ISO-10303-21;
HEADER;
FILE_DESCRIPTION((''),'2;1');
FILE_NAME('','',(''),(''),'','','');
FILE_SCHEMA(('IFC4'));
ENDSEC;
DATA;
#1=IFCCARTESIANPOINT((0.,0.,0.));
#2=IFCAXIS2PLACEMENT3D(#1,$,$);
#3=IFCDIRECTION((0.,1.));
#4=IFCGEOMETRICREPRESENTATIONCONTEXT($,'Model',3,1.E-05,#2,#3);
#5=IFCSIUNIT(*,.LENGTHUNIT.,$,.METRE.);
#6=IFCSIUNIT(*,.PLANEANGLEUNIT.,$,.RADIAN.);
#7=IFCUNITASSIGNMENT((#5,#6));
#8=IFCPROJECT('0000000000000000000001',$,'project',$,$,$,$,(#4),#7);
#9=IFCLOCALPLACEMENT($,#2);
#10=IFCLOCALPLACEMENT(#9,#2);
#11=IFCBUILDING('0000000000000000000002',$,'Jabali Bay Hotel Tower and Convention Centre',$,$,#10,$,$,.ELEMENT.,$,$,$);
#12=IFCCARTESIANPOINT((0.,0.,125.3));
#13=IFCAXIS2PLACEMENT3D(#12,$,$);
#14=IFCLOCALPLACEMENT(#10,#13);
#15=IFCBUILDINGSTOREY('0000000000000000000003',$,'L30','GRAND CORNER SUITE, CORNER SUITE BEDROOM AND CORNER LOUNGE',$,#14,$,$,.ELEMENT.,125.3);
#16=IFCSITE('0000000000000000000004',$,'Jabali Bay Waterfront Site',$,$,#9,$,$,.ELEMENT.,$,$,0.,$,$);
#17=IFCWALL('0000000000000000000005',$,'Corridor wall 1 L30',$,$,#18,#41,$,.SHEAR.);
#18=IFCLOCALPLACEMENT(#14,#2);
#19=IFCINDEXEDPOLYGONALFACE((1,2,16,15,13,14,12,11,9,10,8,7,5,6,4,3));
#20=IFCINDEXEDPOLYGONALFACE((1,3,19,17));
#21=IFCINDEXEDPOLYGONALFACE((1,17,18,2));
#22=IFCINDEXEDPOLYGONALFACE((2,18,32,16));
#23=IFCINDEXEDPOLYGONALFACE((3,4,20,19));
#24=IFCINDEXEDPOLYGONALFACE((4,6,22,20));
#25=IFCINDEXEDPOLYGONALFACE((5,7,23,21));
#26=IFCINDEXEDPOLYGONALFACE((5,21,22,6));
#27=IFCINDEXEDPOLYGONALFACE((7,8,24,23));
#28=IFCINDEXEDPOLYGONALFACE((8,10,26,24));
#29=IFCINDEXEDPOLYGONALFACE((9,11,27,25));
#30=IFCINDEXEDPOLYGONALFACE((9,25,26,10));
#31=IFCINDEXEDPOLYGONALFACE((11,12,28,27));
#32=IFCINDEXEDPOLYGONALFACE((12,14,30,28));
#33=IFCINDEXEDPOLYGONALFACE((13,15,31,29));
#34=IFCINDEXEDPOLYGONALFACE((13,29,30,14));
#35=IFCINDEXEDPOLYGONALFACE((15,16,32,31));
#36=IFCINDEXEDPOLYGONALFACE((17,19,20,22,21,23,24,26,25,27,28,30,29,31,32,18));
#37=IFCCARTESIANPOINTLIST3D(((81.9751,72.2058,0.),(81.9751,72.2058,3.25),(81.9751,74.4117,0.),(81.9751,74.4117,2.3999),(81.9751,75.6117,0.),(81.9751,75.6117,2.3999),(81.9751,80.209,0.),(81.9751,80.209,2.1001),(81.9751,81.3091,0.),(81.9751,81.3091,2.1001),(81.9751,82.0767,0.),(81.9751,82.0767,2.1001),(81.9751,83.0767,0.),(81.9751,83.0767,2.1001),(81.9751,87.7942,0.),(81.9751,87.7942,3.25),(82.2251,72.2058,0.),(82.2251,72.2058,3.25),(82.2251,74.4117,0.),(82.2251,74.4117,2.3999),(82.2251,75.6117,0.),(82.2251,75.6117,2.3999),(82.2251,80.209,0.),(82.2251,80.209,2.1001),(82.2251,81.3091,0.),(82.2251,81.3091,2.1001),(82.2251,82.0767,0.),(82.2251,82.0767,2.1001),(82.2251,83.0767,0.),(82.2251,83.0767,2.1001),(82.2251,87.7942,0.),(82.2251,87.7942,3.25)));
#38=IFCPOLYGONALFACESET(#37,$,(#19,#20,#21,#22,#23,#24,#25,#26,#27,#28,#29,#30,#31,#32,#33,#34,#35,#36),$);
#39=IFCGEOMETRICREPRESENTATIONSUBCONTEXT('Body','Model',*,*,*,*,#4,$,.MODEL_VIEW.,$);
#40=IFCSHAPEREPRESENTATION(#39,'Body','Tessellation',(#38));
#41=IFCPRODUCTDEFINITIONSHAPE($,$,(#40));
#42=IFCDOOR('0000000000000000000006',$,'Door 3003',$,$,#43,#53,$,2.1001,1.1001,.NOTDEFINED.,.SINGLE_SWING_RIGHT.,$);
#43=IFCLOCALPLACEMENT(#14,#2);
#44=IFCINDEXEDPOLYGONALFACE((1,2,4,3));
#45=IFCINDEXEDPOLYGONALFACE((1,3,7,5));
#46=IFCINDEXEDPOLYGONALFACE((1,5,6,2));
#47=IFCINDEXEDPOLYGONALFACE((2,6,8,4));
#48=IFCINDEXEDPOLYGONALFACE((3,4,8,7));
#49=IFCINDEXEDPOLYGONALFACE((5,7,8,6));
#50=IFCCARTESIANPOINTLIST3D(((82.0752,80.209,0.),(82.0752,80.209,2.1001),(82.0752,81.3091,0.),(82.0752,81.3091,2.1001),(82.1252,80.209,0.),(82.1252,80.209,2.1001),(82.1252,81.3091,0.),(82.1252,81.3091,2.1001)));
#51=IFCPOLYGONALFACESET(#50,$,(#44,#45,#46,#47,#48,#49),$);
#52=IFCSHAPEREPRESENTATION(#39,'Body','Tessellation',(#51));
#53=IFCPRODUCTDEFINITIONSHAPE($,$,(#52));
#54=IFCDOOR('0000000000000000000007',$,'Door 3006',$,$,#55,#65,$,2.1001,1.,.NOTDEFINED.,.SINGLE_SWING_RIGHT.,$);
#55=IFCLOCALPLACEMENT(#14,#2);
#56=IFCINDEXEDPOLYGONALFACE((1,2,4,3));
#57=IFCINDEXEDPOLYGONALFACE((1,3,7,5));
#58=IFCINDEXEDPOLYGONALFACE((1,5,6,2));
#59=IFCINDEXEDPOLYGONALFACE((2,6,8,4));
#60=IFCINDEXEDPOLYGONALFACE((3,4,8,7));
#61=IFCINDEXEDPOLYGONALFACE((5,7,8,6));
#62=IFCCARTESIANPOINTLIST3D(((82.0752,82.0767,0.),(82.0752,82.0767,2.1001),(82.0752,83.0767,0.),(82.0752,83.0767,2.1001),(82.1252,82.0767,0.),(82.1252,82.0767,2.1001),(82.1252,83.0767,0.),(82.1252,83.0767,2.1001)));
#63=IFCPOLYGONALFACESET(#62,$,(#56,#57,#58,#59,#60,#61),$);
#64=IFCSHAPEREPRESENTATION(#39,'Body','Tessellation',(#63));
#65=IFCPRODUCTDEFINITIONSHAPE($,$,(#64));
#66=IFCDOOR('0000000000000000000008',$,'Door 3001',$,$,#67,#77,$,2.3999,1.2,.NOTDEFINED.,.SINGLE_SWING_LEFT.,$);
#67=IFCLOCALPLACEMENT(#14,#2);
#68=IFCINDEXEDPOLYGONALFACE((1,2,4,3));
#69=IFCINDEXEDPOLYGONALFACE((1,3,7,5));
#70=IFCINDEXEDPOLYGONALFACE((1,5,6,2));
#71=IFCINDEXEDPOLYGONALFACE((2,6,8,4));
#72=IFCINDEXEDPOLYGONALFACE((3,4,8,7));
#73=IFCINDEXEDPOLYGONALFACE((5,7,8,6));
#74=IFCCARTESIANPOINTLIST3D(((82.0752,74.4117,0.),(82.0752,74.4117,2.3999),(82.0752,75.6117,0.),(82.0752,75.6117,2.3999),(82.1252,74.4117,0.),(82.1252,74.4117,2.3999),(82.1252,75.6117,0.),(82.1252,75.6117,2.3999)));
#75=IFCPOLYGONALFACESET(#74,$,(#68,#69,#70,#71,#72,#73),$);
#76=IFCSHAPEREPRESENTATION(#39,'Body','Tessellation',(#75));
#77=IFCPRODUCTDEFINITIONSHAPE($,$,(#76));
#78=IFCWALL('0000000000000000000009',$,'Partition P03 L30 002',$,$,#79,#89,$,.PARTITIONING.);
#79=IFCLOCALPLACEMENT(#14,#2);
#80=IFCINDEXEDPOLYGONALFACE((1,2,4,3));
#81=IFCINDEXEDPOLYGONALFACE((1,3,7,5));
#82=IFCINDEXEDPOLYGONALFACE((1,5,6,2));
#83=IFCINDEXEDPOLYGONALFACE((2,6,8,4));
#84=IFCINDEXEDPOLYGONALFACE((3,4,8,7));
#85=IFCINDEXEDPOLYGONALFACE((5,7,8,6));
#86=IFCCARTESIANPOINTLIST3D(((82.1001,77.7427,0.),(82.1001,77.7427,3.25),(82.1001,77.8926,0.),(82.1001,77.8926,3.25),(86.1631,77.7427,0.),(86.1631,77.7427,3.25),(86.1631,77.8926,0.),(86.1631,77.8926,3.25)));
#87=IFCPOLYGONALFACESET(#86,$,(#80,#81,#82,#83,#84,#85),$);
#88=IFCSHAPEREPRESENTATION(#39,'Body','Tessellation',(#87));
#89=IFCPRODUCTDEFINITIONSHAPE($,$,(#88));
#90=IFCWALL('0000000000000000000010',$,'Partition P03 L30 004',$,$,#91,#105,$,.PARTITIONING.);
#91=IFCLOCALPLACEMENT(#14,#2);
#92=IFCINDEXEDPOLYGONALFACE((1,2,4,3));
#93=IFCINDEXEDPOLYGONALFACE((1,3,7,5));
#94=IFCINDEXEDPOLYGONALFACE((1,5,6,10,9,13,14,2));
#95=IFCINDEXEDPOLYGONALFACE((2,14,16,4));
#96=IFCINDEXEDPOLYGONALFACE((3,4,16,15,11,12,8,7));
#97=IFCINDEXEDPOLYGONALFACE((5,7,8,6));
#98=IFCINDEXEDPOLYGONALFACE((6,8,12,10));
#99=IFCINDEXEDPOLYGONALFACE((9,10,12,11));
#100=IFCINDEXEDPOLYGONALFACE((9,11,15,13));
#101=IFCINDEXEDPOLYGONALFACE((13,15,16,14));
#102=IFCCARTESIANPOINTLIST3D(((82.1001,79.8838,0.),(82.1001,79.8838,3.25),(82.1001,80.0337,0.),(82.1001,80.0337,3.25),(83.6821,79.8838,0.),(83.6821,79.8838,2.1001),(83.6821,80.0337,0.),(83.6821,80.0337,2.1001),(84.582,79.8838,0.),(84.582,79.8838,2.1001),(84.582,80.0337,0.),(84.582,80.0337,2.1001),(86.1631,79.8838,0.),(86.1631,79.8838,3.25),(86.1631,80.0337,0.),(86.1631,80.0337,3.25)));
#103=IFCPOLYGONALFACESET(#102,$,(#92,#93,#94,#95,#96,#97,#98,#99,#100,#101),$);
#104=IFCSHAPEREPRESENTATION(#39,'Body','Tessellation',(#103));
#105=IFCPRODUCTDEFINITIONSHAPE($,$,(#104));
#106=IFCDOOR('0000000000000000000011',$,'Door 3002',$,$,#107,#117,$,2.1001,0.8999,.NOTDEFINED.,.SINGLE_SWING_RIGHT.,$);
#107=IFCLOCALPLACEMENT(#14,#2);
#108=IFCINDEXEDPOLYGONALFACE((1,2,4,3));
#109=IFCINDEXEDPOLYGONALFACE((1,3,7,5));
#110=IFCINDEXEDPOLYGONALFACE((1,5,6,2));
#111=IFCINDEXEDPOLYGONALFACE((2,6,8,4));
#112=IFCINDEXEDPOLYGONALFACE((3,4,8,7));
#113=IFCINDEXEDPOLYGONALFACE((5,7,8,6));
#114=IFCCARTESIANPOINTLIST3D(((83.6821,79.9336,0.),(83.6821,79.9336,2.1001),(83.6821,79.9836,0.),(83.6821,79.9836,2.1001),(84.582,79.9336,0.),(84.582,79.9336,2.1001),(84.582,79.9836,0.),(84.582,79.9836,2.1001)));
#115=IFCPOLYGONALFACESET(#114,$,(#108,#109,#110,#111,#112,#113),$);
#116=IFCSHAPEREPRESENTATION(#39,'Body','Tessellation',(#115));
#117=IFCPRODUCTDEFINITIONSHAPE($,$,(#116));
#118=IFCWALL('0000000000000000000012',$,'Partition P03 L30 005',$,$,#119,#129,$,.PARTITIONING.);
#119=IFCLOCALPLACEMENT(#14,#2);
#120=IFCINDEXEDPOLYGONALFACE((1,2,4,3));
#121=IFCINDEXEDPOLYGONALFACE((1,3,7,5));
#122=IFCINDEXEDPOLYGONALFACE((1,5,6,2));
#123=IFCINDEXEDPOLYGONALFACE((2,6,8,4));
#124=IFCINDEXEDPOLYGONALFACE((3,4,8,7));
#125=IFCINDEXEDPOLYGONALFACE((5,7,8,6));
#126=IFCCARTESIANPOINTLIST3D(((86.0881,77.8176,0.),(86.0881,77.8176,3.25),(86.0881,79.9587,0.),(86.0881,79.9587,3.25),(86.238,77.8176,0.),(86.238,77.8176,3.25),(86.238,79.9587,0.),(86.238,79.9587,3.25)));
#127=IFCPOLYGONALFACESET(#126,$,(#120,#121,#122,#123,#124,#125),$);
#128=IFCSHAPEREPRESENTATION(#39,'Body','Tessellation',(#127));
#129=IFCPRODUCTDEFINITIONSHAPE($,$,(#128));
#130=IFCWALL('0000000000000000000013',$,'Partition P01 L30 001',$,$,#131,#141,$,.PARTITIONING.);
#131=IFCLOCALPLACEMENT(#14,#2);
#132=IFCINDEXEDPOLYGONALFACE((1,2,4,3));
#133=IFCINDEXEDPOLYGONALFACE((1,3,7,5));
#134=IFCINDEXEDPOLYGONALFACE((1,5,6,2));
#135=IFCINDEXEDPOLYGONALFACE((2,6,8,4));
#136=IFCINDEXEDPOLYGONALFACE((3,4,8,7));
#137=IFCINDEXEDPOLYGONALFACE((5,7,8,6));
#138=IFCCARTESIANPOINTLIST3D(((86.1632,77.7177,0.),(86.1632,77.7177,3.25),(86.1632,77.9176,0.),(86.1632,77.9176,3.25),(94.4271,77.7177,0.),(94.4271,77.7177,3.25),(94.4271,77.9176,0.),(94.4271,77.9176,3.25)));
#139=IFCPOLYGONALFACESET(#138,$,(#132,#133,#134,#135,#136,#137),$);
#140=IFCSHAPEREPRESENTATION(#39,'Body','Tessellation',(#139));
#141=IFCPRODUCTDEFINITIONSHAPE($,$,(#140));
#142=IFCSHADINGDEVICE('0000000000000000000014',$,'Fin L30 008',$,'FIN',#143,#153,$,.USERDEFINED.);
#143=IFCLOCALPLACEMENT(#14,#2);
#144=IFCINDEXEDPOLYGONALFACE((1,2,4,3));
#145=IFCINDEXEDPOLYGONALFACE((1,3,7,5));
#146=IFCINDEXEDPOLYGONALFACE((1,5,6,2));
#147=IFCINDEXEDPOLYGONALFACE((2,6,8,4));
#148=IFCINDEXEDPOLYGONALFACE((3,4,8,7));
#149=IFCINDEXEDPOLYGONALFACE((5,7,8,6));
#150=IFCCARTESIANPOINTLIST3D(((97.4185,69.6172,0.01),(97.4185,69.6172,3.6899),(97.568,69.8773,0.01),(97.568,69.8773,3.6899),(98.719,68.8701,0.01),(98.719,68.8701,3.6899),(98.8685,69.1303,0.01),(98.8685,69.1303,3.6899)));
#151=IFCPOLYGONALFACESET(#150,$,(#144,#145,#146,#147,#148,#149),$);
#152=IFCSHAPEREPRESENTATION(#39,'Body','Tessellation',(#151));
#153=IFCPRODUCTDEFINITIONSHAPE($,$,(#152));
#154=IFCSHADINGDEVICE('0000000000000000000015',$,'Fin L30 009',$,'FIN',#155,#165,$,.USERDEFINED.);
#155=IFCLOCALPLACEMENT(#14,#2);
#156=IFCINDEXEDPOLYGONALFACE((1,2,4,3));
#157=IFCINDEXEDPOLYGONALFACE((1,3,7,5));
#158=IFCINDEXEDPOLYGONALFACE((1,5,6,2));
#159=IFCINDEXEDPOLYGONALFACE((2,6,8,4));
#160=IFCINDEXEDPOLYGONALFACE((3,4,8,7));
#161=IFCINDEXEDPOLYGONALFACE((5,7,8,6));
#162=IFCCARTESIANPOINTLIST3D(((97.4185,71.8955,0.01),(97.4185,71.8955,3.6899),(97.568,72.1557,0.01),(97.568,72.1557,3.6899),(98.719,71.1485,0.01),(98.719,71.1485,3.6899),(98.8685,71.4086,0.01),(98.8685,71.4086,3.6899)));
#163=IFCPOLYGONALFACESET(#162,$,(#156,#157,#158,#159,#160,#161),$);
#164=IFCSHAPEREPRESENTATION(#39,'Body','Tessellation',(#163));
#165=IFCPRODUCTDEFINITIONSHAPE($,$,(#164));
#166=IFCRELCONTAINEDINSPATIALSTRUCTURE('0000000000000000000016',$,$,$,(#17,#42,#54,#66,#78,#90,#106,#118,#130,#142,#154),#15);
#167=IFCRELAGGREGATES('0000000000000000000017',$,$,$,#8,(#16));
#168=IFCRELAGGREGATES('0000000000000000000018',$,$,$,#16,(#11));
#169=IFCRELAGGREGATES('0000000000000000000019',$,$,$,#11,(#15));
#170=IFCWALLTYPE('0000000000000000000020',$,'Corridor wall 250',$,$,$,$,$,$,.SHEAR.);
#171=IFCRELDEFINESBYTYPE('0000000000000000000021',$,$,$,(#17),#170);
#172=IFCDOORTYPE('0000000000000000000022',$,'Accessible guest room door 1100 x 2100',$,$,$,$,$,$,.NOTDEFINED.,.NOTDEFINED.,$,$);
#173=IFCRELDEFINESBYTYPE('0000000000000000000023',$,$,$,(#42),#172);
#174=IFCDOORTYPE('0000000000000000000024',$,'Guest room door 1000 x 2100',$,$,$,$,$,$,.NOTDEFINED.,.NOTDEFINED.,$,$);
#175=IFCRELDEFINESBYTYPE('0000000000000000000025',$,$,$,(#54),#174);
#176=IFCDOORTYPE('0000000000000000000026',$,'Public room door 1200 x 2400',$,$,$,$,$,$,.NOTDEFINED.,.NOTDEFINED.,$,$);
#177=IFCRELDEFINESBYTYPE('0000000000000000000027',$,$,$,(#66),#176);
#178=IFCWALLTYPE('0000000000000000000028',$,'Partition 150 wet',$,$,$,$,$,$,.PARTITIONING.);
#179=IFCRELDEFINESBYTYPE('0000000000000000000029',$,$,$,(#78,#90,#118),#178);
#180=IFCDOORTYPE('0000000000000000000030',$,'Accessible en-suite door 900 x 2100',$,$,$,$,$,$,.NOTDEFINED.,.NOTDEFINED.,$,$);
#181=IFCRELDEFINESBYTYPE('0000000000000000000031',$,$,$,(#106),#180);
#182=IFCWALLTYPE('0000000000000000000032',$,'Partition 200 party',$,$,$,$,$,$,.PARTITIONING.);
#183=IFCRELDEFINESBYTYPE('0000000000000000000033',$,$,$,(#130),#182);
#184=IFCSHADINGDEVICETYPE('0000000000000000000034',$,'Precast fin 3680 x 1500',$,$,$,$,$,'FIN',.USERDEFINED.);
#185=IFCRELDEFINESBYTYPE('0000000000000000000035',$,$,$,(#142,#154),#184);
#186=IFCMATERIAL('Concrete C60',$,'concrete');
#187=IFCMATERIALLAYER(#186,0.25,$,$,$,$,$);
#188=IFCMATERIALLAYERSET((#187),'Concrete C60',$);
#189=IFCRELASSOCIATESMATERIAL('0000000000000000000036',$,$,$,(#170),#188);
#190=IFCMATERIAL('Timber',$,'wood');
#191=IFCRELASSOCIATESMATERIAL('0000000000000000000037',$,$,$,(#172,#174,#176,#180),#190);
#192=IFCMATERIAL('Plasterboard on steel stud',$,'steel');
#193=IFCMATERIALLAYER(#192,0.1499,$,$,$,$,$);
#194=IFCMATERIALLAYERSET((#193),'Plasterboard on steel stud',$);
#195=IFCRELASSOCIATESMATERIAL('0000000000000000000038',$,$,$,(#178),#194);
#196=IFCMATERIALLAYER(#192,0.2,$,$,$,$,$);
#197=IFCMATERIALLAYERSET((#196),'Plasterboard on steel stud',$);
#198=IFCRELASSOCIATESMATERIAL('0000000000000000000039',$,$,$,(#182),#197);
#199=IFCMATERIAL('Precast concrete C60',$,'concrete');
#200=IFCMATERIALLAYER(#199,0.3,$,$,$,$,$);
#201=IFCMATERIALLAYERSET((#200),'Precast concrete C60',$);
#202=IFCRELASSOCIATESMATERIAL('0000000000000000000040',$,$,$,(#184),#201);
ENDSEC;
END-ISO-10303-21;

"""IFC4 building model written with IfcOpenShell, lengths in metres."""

from ifc_helpers import new_model, si_unit, direction, frame, frame_2d, origin, place, context, subcontext, project, spatial, rectangle, extrude, material, layer, layer_set, type_object, element, fill, save


model = new_model("IFC4")

# Units and contexts
model_context = context("Model", 3, precision=1e-05, world=origin(), true_north=direction((0.0, 1.0)))
body_context = subcontext(model_context, "Body", "Model", "MODEL_VIEW")
ifc_project = project(units=[si_unit("LENGTHUNIT", "METRE"), si_unit("PLANEANGLEUNIT", "RADIAN")], contexts=[model_context])

# Site, building, storey
site_placement = place(None, origin())
site = spatial("IfcSite", under=ifc_project, at=site_placement, Name="Jabali Bay Waterfront Site", CompositionType="ELEMENT", RefElevation=0.0)
building_placement = place(site_placement, origin())
building = spatial("IfcBuilding", under=site, at=building_placement, Name="Jabali Bay Hotel Tower and Convention Centre", CompositionType="ELEMENT")
storey_placement = place(building_placement, frame((0.0, 0.0, 125.3)))
storey = spatial("IfcBuildingStorey", under=building, at=storey_placement, Name="L30", Description="GRAND CORNER SUITE, CORNER SUITE BEDROOM AND CORNER LOUNGE", CompositionType="ELEMENT", Elevation=125.3)

# Shared definitions
ifc_material_1 = material(Name="Concrete C60", Category="concrete")

# Wall, openings, doors
ifc_layer_1 = layer(ifc_material_1, 0.25)
ifc_layer_set_1 = layer_set([ifc_layer_1], Name="Concrete C60")
wall_type_1 = type_object("IfcWallType", Name="Corridor wall 250", PredefinedType="SHEAR", material=ifc_layer_set_1)
wall_1_placement = place(storey_placement, frame((82.1001, 72.2058, 0.0), z_axis=(0.0, 0.0, 1.0), x_axis=(0.0, 1.0, 0.0)))
wall_1 = element("IfcWall", 1, at=wall_1_placement, inside=storey, type_object=wall_type_1, Name="Corridor wall 1 L30", PredefinedType="SHEAR", context=body_context, shape_type="SweptSolid", body=[
    extrude(rectangle(XDim=15.5884, YDim=0.25, at=frame_2d((7.7942, 0.0))), origin(), (0.0, 0.0, 1.0), 3.25),
])
opening_1_placement = place(wall_1_placement, frame((2.2058, 0.0, 0.0)))
opening_1 = element("IfcOpeningElement", 2, at=opening_1_placement, cuts=wall_1, PredefinedType="OPENING", context=body_context, shape_type="SweptSolid", body=[
    extrude(rectangle(XDim=1.2, YDim=2.3999, at=frame_2d((0.6001, 1.2))), frame((0.0, 0.1355, 0.0), z_axis=(0.0, -1.0, 0.0), x_axis=(1.0, 0.0, 0.0)), (0.0, 0.0, 1.0), 0.271),
])
opening_2_placement = place(wall_1_placement, frame((8.0032, 0.0, 0.0)))
opening_2 = element("IfcOpeningElement", 3, at=opening_2_placement, cuts=wall_1, PredefinedType="OPENING", context=body_context, shape_type="SweptSolid", body=[
    extrude(rectangle(XDim=1.1001, YDim=2.1001, at=frame_2d((0.55, 1.05))), frame((0.0, 0.1355, 0.0), z_axis=(0.0, -1.0, 0.0), x_axis=(1.0, 0.0, 0.0)), (0.0, 0.0, 1.0), 0.271),
])
opening_3_placement = place(wall_1_placement, frame((9.8708, 0.0, 0.0)))
opening_3 = element("IfcOpeningElement", 4, at=opening_3_placement, cuts=wall_1, PredefinedType="OPENING", context=body_context, shape_type="SweptSolid", body=[
    extrude(rectangle(XDim=1.0, YDim=2.1001, at=frame_2d((0.5, 1.05))), frame((0.0, 0.1355, 0.0), z_axis=(0.0, -1.0, 0.0), x_axis=(1.0, 0.0, 0.0)), (0.0, 0.0, 1.0), 0.271),
])
ifc_material_2 = material(Name="Timber", Category="wood")
door_type_1 = type_object("IfcDoorType", Name="Accessible guest room door 1100 x 2100", OperationType="NOTDEFINED", PredefinedType="NOTDEFINED", material=ifc_material_2)
door_1_placement = place(opening_2_placement, origin())
door_1 = element("IfcDoor", 5, at=door_1_placement, inside=storey, type_object=door_type_1, Name="Door 3003", OperationType="SINGLE_SWING_RIGHT", OverallHeight=2.1001, OverallWidth=1.1001, PredefinedType="NOTDEFINED", context=body_context, shape_type="SweptSolid", body=[
    extrude(rectangle(XDim=1.1001, YDim=2.1001, at=frame_2d((0.55, 1.05))), frame((0.0, 0.0249, 0.0), z_axis=(0.0, -1.0, 0.0), x_axis=(1.0, 0.0, 0.0)), (0.0, 0.0, 1.0), 0.05),
])
fill(opening_2, door_1)
door_type_2 = type_object("IfcDoorType", Name="Guest room door 1000 x 2100", OperationType="NOTDEFINED", PredefinedType="NOTDEFINED", material=ifc_material_2)
door_2_placement = place(opening_3_placement, origin())
door_2 = element("IfcDoor", 6, at=door_2_placement, inside=storey, type_object=door_type_2, Name="Door 3006", OperationType="SINGLE_SWING_RIGHT", OverallHeight=2.1001, OverallWidth=1.0, PredefinedType="NOTDEFINED", context=body_context, shape_type="SweptSolid", body=[
    extrude(rectangle(XDim=1.0, YDim=2.1001, at=frame_2d((0.5, 1.05))), frame((0.0, 0.0249, 0.0), z_axis=(0.0, -1.0, 0.0), x_axis=(1.0, 0.0, 0.0)), (0.0, 0.0, 1.0), 0.05),
])
fill(opening_3, door_2)
door_type_3 = type_object("IfcDoorType", Name="Public room door 1200 x 2400", OperationType="NOTDEFINED", PredefinedType="NOTDEFINED", material=ifc_material_2)
door_3_placement = place(opening_1_placement, origin())
door_3 = element("IfcDoor", 7, at=door_3_placement, inside=storey, type_object=door_type_3, Name="Door 3001", OperationType="SINGLE_SWING_LEFT", OverallHeight=2.3999, OverallWidth=1.2, PredefinedType="NOTDEFINED", context=body_context, shape_type="SweptSolid", body=[
    extrude(rectangle(XDim=1.2, YDim=2.3999, at=frame_2d((0.6001, 1.2))), frame((0.0, 0.0249, 0.0), z_axis=(0.0, -1.0, 0.0), x_axis=(1.0, 0.0, 0.0)), (0.0, 0.0, 1.0), 0.05),
])
fill(opening_1, door_3)

# Wall
ifc_material_3 = material(Name="Plasterboard on steel stud", Category="steel")
ifc_layer_2 = layer(ifc_material_3, 0.1499)
ifc_layer_set_2 = layer_set([ifc_layer_2], Name="Plasterboard on steel stud")
wall_type_2 = type_object("IfcWallType", Name="Partition 150 wet", PredefinedType="PARTITIONING", material=ifc_layer_set_2)
wall_2_placement = place(storey_placement, frame((86.1631, 77.8176, 0.0), z_axis=(0.0, 0.0, 1.0), x_axis=(-1.0, 0.0, 0.0)))
element("IfcWall", 8, at=wall_2_placement, inside=storey, type_object=wall_type_2, Name="Partition P03 L30 002", PredefinedType="PARTITIONING", context=body_context, shape_type="SweptSolid", body=[
    extrude(rectangle(XDim=4.063, YDim=0.1499, at=frame_2d((2.0315, 0.0))), origin(), (0.0, 0.0, 1.0), 3.25),
])

# Wall, opening, door
wall_3_placement = place(storey_placement, frame((82.1001, 79.9587, 0.0), z_axis=(0.0, 0.0, 1.0), x_axis=(1.0, 0.0, 0.0)))
wall_3 = element("IfcWall", 9, at=wall_3_placement, inside=storey, type_object=wall_type_2, Name="Partition P03 L30 004", PredefinedType="PARTITIONING", context=body_context, shape_type="SweptSolid", body=[
    extrude(rectangle(XDim=4.063, YDim=0.1499, at=frame_2d((2.0315, 0.0))), origin(), (0.0, 0.0, 1.0), 3.25),
])
opening_4_placement = place(wall_3_placement, frame((1.582, 0.0, 0.0)))
opening_4 = element("IfcOpeningElement", 10, at=opening_4_placement, cuts=wall_3, PredefinedType="OPENING", context=body_context, shape_type="SweptSolid", body=[
    extrude(rectangle(XDim=0.8999, YDim=2.1001, at=frame_2d((0.45, 1.05))), frame((0.0, 0.0854, 0.0), z_axis=(0.0, -1.0, 0.0), x_axis=(1.0, 0.0, 0.0)), (0.0, 0.0, 1.0), 0.1709),
])
door_type_4 = type_object("IfcDoorType", Name="Accessible en-suite door 900 x 2100", OperationType="NOTDEFINED", PredefinedType="NOTDEFINED", material=ifc_material_2)
door_4_placement = place(opening_4_placement, origin())
door_4 = element("IfcDoor", 11, at=door_4_placement, inside=storey, type_object=door_type_4, Name="Door 3002", OperationType="SINGLE_SWING_RIGHT", OverallHeight=2.1001, OverallWidth=0.8999, PredefinedType="NOTDEFINED", context=body_context, shape_type="SweptSolid", body=[
    extrude(rectangle(XDim=0.8999, YDim=2.1001, at=frame_2d((0.45, 1.05))), frame((0.0, 0.0249, 0.0), z_axis=(0.0, -1.0, 0.0), x_axis=(1.0, 0.0, 0.0)), (0.0, 0.0, 1.0), 0.05),
])
fill(opening_4, door_4)

# Walls
wall_4_placement = place(storey_placement, frame((86.1631, 79.9587, 0.0), z_axis=(0.0, 0.0, 1.0), x_axis=(0.0, -1.0, 0.0)))
element("IfcWall", 12, at=wall_4_placement, inside=storey, type_object=wall_type_2, Name="Partition P03 L30 005", PredefinedType="PARTITIONING", context=body_context, shape_type="SweptSolid", body=[
    extrude(rectangle(XDim=2.1411, YDim=0.1499, at=frame_2d((1.0706, 0.0))), origin(), (0.0, 0.0, 1.0), 3.25),
])
ifc_layer_3 = layer(ifc_material_3, 0.2)
ifc_layer_set_3 = layer_set([ifc_layer_3], Name="Plasterboard on steel stud")
wall_type_3 = type_object("IfcWallType", Name="Partition 200 party", PredefinedType="PARTITIONING", material=ifc_layer_set_3)
wall_5_placement = place(storey_placement, frame((94.427, 77.8176, 0.0), z_axis=(0.0, 0.0, 1.0), x_axis=(-1.0, 0.0, 0.0)))
element("IfcWall", 13, at=wall_5_placement, inside=storey, type_object=wall_type_3, Name="Partition P01 L30 001", PredefinedType="PARTITIONING", context=body_context, shape_type="SweptSolid", body=[
    extrude(rectangle(XDim=8.2639, YDim=0.2, at=frame_2d((4.1318, 0.0))), origin(), (0.0, 0.0, 1.0), 3.25),
])

# Shading devices
ifc_material_4 = material(Name="Precast concrete C60", Category="concrete")
ifc_layer_4 = layer(ifc_material_4, 0.3)
ifc_layer_set_4 = layer_set([ifc_layer_4], Name="Precast concrete C60")
shading_device_type = type_object("IfcShadingDeviceType", Name="Precast fin 3680 x 1500", ElementType="FIN", PredefinedType="USERDEFINED", material=ifc_layer_set_4)
for number, where, z_axis, x_axis, name in (
    (14, (97.4932, 69.7473, 0.01), (0.0, 0.0, 1.0), (0.867119, -0.498101, 0.0), "Fin L30 008"),
    (15, (97.4932, 72.0256, 0.01), (0.0, 0.0, 1.0), (0.867119, -0.498101, 0.0), "Fin L30 009"),
):
    element("IfcShadingDevice", number, at=place(storey_placement, frame(where, z_axis=z_axis, x_axis=x_axis)), inside=storey, type_object=shading_device_type, Name=name, ObjectType="FIN", PredefinedType="USERDEFINED", context=body_context, shape_type="SweptSolid", body=[
        extrude(rectangle(XDim=1.4998, YDim=0.3, at=frame_2d((0.75, 0.0))), origin(), (0.0, 0.0, 1.0), 3.6799),
    ])

save(model, "model.ifc")
